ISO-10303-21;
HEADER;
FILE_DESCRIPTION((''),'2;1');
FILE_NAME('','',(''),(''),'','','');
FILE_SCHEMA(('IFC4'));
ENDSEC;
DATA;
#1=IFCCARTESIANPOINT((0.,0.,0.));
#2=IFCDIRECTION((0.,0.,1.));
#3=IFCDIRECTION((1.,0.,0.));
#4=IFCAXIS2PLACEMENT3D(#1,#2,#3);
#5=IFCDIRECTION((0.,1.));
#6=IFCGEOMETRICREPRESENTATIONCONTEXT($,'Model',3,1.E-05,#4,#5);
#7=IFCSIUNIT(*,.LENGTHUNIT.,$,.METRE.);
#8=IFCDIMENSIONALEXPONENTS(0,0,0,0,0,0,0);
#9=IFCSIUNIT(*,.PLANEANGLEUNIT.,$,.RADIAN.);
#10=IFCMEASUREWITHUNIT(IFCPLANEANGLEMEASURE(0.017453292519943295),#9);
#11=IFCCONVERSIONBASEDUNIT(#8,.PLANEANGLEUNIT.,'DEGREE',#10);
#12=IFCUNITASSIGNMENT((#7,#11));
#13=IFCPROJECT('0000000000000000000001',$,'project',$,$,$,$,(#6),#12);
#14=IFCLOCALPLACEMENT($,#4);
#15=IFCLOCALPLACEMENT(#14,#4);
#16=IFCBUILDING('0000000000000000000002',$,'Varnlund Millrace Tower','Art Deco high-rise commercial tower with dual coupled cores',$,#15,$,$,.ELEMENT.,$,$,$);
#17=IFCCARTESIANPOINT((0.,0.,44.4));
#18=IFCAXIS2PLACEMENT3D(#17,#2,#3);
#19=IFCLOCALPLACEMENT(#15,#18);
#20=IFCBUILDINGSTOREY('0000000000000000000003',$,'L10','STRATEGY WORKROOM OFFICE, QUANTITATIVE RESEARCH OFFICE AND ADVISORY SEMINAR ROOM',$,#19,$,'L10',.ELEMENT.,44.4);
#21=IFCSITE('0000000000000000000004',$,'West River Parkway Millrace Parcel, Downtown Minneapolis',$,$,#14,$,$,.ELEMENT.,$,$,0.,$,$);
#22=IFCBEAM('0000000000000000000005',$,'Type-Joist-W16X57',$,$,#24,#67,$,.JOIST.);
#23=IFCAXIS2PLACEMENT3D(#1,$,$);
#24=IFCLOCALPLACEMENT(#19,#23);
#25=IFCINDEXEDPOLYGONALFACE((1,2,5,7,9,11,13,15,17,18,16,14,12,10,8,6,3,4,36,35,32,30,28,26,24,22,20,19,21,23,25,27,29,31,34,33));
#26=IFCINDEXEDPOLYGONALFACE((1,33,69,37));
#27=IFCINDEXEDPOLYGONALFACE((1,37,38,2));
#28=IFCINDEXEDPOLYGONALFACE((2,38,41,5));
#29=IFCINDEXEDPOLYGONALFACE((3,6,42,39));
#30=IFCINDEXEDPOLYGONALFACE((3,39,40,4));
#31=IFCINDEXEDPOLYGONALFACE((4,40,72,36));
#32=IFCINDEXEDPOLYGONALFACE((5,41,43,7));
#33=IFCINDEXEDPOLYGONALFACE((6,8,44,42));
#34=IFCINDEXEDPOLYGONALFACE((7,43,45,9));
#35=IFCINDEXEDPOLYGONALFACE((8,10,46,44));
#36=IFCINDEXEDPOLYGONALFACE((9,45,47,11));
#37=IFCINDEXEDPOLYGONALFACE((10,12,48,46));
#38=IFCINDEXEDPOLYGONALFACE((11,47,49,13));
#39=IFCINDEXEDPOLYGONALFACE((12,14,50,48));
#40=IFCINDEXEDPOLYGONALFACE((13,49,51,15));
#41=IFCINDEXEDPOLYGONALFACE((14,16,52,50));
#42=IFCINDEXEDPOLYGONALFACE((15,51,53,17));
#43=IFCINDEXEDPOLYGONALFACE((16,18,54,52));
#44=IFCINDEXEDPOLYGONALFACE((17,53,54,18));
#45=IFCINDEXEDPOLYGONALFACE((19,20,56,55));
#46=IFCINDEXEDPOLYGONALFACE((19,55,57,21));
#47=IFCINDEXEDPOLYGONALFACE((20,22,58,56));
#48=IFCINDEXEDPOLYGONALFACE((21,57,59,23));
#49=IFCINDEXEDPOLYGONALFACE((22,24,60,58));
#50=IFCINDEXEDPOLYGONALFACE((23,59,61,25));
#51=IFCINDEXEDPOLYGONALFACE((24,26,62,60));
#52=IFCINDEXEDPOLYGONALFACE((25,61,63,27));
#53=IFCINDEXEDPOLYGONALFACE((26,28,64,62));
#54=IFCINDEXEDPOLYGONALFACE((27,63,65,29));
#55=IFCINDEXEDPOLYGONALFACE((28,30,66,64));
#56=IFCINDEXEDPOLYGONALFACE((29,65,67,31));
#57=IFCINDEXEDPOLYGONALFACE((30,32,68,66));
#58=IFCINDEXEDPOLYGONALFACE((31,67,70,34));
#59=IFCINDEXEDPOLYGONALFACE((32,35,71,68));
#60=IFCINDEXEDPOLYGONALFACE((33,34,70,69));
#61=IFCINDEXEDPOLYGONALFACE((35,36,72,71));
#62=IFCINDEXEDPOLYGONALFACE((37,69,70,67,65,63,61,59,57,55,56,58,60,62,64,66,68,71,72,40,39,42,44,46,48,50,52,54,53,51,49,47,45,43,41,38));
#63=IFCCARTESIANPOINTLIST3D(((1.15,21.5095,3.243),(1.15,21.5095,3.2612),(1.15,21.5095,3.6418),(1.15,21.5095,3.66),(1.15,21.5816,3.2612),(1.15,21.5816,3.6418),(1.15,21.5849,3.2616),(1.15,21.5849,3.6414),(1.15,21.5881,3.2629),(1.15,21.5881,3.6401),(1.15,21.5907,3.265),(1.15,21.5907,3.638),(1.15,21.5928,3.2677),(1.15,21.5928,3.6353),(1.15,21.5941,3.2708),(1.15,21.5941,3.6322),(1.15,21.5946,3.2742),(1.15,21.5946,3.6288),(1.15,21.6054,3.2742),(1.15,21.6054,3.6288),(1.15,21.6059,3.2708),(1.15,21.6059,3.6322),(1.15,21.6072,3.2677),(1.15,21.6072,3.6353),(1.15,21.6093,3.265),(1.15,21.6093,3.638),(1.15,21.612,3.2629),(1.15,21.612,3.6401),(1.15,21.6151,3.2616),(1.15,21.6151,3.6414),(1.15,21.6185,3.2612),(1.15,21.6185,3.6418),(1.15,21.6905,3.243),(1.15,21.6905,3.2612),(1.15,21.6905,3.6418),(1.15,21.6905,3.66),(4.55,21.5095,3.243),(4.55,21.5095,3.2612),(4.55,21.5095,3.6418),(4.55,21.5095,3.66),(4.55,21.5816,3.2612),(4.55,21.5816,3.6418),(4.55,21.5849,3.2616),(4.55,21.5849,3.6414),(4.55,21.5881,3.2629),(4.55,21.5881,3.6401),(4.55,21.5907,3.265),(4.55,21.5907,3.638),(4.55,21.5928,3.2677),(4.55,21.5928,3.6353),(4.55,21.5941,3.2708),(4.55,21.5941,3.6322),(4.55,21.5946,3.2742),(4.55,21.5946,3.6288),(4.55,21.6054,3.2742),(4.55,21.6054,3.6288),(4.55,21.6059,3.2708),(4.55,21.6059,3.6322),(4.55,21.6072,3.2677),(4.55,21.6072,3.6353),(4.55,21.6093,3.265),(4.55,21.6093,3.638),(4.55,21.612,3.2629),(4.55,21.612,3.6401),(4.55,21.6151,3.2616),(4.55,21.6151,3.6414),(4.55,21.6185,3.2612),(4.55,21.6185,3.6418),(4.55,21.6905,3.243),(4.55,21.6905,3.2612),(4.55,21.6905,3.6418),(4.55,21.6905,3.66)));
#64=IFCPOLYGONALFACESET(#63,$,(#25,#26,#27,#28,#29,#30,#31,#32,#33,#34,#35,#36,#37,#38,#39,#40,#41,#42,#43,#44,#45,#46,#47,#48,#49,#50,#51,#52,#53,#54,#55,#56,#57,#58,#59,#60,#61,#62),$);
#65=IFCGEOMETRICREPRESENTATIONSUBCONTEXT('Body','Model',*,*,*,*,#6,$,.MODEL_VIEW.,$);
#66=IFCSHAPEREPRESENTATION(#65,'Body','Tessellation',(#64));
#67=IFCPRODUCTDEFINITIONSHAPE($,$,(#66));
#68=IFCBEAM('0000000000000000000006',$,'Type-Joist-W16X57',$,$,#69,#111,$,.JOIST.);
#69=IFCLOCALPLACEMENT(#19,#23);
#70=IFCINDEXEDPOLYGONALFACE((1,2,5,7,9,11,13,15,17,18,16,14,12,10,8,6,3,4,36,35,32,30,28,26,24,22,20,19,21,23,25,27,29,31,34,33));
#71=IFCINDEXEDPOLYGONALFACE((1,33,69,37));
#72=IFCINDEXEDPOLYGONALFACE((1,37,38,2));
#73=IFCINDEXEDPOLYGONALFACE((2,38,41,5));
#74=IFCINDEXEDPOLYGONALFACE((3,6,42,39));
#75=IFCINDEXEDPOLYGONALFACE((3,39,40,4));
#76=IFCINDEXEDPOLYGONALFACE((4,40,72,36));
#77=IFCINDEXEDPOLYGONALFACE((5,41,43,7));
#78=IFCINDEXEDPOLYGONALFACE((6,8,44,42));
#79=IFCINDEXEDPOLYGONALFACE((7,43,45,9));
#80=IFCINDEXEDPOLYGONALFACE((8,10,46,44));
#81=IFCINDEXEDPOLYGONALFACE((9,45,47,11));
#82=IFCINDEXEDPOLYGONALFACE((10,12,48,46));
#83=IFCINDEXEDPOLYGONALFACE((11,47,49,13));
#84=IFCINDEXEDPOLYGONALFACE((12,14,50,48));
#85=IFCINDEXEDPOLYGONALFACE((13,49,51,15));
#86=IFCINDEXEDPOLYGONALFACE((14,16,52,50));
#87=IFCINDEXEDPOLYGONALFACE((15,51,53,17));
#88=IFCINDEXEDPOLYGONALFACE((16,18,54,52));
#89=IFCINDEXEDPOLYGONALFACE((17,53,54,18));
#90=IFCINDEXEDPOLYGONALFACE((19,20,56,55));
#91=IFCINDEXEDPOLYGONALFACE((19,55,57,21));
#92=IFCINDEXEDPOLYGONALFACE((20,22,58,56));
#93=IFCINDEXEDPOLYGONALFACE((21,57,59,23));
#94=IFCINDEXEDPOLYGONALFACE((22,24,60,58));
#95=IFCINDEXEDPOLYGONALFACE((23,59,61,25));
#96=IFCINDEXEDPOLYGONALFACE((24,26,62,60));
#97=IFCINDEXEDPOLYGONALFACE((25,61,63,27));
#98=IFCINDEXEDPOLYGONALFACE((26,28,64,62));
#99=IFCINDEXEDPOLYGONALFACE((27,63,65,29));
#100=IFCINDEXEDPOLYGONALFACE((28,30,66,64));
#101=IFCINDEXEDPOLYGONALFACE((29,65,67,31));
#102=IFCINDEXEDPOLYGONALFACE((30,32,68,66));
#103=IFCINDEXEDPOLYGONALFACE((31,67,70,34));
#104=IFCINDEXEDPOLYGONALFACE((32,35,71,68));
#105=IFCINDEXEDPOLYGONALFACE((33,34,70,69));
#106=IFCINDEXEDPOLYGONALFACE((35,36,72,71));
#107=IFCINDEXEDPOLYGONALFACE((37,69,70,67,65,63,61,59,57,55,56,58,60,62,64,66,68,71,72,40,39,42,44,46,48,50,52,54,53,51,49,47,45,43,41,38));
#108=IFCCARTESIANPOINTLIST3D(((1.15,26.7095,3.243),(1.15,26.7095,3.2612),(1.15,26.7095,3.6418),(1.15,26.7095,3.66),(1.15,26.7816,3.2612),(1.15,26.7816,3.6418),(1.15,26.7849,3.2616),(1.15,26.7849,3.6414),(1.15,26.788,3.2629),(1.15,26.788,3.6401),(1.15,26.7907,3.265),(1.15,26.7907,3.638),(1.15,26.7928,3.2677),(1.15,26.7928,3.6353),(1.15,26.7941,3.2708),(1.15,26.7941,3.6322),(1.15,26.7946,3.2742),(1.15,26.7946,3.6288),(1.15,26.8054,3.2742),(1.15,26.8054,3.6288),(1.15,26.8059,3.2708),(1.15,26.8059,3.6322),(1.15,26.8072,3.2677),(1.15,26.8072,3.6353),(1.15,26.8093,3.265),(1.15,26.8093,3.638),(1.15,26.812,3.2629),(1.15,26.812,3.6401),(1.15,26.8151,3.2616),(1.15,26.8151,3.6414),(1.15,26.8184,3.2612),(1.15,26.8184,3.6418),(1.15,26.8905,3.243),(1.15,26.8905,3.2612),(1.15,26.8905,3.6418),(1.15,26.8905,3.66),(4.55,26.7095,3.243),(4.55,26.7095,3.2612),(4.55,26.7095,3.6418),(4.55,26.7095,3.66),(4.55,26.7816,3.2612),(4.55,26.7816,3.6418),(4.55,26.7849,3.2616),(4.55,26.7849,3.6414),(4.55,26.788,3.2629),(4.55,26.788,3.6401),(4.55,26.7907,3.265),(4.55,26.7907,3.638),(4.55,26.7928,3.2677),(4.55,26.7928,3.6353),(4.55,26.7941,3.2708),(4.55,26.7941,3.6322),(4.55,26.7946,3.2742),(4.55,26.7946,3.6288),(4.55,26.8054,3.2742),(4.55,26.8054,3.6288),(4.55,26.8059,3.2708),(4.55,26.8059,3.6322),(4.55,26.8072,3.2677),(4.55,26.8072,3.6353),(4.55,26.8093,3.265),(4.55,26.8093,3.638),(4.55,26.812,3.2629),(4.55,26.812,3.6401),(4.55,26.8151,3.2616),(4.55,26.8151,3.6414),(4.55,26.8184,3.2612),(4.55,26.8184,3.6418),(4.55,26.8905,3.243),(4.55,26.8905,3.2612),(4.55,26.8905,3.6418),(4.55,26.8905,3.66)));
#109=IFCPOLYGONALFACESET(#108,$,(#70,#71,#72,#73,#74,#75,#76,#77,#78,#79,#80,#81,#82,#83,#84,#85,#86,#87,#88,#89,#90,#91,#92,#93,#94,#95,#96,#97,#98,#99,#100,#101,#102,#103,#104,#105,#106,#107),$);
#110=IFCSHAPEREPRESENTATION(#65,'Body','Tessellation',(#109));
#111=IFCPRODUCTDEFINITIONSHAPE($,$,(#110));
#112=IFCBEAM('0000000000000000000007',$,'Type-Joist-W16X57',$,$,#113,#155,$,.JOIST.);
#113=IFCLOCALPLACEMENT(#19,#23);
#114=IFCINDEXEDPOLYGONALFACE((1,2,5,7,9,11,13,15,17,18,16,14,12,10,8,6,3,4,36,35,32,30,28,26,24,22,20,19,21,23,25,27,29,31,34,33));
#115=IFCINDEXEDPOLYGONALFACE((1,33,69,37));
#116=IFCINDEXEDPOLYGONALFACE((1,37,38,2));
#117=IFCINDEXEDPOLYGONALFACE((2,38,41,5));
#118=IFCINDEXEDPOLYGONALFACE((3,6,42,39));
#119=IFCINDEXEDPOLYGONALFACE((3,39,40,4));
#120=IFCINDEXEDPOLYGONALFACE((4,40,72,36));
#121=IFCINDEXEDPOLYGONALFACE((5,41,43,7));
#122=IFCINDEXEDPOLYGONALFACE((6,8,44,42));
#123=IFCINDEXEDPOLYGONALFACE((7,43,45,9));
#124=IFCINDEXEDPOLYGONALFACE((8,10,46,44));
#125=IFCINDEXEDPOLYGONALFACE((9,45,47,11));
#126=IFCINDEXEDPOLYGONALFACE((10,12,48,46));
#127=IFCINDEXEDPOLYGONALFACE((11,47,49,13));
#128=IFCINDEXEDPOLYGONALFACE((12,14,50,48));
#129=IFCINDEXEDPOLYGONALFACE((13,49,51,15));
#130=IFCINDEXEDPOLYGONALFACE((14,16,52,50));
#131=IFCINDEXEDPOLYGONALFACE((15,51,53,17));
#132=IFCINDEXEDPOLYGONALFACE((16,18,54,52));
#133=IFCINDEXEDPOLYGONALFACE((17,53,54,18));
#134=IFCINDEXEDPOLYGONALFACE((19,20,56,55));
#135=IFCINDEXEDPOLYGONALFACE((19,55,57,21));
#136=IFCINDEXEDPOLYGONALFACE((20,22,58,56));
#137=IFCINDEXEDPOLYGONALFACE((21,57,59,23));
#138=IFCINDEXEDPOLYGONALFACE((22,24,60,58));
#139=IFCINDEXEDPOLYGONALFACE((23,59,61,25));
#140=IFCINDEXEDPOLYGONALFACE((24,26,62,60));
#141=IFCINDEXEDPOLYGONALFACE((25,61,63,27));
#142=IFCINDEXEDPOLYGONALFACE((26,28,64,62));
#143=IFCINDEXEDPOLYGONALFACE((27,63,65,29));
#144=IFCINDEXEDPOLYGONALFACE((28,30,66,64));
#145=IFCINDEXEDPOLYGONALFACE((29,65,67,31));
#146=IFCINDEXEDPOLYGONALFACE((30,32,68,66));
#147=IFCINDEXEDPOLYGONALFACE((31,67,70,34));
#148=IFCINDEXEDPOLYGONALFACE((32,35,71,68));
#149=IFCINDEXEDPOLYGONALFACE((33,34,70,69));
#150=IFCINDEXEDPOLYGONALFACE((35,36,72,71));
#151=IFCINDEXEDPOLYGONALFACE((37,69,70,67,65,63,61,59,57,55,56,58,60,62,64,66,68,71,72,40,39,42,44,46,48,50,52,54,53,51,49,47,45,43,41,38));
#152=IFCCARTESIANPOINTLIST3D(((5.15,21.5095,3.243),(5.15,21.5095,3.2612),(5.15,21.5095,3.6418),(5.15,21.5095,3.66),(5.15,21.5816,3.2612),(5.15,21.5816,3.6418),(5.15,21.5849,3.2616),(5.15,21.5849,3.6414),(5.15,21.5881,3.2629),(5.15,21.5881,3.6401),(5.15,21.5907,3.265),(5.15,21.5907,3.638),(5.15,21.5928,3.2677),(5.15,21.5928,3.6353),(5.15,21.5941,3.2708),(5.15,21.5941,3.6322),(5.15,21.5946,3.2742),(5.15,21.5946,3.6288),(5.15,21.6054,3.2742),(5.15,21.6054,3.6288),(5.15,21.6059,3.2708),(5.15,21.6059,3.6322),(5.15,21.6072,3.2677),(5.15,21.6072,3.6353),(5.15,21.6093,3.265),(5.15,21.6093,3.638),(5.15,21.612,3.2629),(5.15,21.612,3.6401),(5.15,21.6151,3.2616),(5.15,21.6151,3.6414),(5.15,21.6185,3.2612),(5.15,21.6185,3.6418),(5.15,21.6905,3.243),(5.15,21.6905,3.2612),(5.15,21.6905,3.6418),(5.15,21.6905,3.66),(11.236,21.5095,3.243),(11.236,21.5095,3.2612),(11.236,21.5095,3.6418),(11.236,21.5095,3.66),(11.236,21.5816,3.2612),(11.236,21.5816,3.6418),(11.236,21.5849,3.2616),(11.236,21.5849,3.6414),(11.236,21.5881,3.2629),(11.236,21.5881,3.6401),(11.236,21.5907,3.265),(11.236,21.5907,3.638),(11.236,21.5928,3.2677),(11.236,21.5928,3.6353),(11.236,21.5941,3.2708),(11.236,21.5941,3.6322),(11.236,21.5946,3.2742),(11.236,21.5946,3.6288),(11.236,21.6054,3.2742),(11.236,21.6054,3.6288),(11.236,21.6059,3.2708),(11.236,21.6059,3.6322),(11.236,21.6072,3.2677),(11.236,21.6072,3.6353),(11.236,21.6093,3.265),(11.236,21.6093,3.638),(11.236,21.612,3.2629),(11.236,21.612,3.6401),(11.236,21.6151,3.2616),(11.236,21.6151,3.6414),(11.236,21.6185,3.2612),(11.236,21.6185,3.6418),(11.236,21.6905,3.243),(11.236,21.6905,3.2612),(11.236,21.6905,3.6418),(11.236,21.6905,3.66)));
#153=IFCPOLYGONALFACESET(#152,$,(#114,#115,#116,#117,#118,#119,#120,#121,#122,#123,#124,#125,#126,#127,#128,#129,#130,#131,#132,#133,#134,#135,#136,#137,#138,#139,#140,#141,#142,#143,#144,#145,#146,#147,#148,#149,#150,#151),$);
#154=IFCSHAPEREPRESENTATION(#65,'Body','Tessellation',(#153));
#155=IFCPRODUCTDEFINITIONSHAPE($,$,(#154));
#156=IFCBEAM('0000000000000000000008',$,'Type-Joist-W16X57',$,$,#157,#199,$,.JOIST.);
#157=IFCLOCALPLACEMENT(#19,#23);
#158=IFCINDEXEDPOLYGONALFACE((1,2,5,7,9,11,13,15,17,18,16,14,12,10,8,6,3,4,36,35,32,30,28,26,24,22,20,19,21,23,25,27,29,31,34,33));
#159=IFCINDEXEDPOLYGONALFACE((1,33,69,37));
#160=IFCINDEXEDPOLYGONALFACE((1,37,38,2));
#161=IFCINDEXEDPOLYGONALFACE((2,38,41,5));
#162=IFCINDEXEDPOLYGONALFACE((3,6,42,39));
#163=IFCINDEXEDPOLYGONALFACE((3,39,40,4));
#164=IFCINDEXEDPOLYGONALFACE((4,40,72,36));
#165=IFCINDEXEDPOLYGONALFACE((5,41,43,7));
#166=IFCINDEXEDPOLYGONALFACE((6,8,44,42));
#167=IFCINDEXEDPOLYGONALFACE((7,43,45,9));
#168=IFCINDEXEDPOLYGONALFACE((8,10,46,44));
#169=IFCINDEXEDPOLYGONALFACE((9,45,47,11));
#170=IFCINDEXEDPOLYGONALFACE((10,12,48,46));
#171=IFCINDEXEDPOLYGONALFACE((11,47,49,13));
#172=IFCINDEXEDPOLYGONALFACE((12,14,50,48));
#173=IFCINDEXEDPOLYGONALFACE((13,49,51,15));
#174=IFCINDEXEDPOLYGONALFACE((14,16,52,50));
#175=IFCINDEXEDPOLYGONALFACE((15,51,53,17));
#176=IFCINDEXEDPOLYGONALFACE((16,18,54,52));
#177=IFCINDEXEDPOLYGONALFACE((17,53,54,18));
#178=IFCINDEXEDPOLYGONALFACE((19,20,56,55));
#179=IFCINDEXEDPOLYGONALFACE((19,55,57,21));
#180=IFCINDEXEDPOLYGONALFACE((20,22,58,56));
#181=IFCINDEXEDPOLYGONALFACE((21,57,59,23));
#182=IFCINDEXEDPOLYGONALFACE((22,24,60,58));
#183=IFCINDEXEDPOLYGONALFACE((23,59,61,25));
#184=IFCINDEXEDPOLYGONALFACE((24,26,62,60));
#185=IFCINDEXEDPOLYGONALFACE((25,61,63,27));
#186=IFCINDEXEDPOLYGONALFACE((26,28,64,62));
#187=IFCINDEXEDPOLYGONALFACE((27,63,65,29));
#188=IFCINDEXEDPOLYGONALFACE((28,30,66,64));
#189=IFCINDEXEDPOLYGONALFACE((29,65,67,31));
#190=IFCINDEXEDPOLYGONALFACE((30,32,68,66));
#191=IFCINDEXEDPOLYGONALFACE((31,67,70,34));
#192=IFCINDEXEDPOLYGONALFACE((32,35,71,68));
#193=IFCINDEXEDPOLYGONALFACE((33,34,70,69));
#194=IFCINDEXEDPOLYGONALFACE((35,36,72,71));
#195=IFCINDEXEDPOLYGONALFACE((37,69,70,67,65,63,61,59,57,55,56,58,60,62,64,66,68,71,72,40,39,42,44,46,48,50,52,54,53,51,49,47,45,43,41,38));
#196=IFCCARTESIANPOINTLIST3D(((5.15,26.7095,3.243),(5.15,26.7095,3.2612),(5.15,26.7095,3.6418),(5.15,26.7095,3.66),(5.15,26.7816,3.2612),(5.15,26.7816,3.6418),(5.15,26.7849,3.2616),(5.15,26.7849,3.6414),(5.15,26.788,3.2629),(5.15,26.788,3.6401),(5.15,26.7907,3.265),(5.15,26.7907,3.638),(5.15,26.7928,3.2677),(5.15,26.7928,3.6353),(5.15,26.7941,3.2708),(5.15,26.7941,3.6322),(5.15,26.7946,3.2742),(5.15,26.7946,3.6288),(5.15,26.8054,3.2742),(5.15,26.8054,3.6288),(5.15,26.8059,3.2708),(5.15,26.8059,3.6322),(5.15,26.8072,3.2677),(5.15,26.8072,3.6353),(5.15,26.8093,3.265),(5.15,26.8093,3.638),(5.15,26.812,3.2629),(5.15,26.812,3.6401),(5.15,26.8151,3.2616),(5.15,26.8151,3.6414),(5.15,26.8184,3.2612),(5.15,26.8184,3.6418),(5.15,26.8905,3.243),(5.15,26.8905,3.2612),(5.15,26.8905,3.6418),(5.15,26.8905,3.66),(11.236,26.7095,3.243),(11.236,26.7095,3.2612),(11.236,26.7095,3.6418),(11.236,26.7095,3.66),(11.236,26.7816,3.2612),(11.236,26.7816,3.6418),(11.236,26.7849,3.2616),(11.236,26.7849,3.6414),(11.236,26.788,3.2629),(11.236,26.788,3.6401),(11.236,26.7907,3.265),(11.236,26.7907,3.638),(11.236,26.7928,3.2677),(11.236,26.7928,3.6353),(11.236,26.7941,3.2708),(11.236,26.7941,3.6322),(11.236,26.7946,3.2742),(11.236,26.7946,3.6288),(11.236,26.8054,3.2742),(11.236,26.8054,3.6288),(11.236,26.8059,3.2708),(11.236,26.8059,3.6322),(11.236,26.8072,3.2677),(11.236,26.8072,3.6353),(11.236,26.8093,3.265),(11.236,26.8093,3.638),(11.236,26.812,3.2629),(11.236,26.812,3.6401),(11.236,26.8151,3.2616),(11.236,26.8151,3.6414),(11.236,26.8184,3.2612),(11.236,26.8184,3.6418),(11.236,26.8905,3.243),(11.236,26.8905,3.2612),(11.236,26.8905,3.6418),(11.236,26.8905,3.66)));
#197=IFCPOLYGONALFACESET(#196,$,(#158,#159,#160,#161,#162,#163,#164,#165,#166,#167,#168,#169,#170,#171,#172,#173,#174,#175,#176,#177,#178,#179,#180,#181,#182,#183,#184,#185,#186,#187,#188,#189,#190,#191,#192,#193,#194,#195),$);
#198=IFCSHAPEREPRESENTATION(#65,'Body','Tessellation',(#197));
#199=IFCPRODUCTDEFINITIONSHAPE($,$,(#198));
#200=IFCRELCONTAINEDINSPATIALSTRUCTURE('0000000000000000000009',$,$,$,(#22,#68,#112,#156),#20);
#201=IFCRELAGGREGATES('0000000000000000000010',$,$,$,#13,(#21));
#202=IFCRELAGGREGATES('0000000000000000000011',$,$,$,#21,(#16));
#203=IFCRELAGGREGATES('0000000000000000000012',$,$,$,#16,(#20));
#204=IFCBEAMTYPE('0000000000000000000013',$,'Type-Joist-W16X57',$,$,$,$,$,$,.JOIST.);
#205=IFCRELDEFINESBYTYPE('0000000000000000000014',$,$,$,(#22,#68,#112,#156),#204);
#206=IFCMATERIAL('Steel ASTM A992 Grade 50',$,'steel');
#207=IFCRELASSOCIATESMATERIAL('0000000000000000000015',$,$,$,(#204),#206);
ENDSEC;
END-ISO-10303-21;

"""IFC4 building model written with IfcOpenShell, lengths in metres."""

from ifc_helpers import new_model, entity, si_unit, converted_unit, direction, frame, origin_with_axes, origin_2d_with_axis, place, context, subcontext, project, spatial, i_section, extrude, material, material_profile, profile_set, type_object, element, save


model = new_model("IFC4")

# Units and contexts
model_context = context("Model", 3, precision=1e-05, world=origin_with_axes(), true_north=direction((0.0, 1.0)))
body_context = subcontext(model_context, "Body", "Model", "MODEL_VIEW")
ifc_project = project(units=[si_unit("LENGTHUNIT", "METRE"), converted_unit("PLANEANGLEUNIT", "DEGREE", entity("IfcPlaneAngleMeasure", 0.017453292519943295), si_unit("PLANEANGLEUNIT", "RADIAN"), dimensions=[0, 0, 0, 0, 0, 0, 0])], contexts=[model_context])

# Site, building, storey
site_placement = place(None, origin_with_axes())
site = spatial("IfcSite", under=ifc_project, at=site_placement, Name="West River Parkway Millrace Parcel, Downtown Minneapolis", CompositionType="ELEMENT", RefElevation=0.0)
building_placement = place(site_placement, origin_with_axes())
building = spatial("IfcBuilding", under=site, at=building_placement, Name="Varnlund Millrace Tower", Description="Art Deco high-rise commercial tower with dual coupled cores", CompositionType="ELEMENT")
storey_placement = place(building_placement, frame((0.0, 0.0, 44.4), z_axis=(0.0, 0.0, 1.0), x_axis=(1.0, 0.0, 0.0)))
storey = spatial("IfcBuildingStorey", under=building, at=storey_placement, Name="L10", Description="STRATEGY WORKROOM OFFICE, QUANTITATIVE RESEARCH OFFICE AND ADVISORY SEMINAR ROOM", LongName="L10", CompositionType="ELEMENT", Elevation=44.4)

# Beams
ifc_material_1 = material(Name="Steel ASTM A992 Grade 50", Category="steel")
ifc_material_profile_1 = material_profile(ifc_material_1, i_section(OverallWidth=0.181, OverallDepth=0.417, WebThickness=0.0109, FlangeThickness=0.0182, FilletRadius=0.013, at=origin_2d_with_axis()), Name="Steel ASTM A992 Grade 50")
ifc_profile_set_1 = profile_set([ifc_material_profile_1], Name="Steel ASTM A992 Grade 50")
beam_type_1 = type_object("IfcBeamType", Name="Type-Joist-W16X57", PredefinedType="JOIST", material=ifc_profile_set_1)
for number, where, z_axis, x_axis, name in (
    (1, (1.15, 21.6, 3.4515), (1.0, 0.0, 0.0), (0.0, 1.0, 0.0), "Type-Joist-W16X57"),
    (2, (1.15, 26.8, 3.4515), (1.0, 0.0, 0.0), (0.0, 1.0, 0.0), "Type-Joist-W16X57"),
):
    element("IfcBeam", number, at=place(storey_placement, frame(where, z_axis=z_axis, x_axis=x_axis)), inside=storey, type_object=beam_type_1, Name=name, PredefinedType="JOIST", context=body_context, shape_type="SweptSolid", body=[
        extrude(i_section(OverallWidth=0.181, OverallDepth=0.417, WebThickness=0.0109, FlangeThickness=0.0182, FilletRadius=0.013, at=origin_2d_with_axis()), origin_with_axes(), (0.0, 0.0, 1.0), 3.4),
    ])
for number, where, z_axis, x_axis, name in (
    (3, (5.15, 21.6, 3.4515), (1.0, 0.0, 0.0), (0.0, 1.0, 0.0), "Type-Joist-W16X57"),
    (4, (5.15, 26.8, 3.4515), (1.0, 0.0, 0.0), (0.0, 1.0, 0.0), "Type-Joist-W16X57"),
):
    element("IfcBeam", number, at=place(storey_placement, frame(where, z_axis=z_axis, x_axis=x_axis)), inside=storey, type_object=beam_type_1, Name=name, PredefinedType="JOIST", context=body_context, shape_type="SweptSolid", body=[
        extrude(i_section(OverallWidth=0.181, OverallDepth=0.417, WebThickness=0.0109, FlangeThickness=0.0182, FilletRadius=0.013, at=origin_2d_with_axis()), origin_with_axes(), (0.0, 0.0, 1.0), 6.086),
    ])

save(model, "model.ifc")
